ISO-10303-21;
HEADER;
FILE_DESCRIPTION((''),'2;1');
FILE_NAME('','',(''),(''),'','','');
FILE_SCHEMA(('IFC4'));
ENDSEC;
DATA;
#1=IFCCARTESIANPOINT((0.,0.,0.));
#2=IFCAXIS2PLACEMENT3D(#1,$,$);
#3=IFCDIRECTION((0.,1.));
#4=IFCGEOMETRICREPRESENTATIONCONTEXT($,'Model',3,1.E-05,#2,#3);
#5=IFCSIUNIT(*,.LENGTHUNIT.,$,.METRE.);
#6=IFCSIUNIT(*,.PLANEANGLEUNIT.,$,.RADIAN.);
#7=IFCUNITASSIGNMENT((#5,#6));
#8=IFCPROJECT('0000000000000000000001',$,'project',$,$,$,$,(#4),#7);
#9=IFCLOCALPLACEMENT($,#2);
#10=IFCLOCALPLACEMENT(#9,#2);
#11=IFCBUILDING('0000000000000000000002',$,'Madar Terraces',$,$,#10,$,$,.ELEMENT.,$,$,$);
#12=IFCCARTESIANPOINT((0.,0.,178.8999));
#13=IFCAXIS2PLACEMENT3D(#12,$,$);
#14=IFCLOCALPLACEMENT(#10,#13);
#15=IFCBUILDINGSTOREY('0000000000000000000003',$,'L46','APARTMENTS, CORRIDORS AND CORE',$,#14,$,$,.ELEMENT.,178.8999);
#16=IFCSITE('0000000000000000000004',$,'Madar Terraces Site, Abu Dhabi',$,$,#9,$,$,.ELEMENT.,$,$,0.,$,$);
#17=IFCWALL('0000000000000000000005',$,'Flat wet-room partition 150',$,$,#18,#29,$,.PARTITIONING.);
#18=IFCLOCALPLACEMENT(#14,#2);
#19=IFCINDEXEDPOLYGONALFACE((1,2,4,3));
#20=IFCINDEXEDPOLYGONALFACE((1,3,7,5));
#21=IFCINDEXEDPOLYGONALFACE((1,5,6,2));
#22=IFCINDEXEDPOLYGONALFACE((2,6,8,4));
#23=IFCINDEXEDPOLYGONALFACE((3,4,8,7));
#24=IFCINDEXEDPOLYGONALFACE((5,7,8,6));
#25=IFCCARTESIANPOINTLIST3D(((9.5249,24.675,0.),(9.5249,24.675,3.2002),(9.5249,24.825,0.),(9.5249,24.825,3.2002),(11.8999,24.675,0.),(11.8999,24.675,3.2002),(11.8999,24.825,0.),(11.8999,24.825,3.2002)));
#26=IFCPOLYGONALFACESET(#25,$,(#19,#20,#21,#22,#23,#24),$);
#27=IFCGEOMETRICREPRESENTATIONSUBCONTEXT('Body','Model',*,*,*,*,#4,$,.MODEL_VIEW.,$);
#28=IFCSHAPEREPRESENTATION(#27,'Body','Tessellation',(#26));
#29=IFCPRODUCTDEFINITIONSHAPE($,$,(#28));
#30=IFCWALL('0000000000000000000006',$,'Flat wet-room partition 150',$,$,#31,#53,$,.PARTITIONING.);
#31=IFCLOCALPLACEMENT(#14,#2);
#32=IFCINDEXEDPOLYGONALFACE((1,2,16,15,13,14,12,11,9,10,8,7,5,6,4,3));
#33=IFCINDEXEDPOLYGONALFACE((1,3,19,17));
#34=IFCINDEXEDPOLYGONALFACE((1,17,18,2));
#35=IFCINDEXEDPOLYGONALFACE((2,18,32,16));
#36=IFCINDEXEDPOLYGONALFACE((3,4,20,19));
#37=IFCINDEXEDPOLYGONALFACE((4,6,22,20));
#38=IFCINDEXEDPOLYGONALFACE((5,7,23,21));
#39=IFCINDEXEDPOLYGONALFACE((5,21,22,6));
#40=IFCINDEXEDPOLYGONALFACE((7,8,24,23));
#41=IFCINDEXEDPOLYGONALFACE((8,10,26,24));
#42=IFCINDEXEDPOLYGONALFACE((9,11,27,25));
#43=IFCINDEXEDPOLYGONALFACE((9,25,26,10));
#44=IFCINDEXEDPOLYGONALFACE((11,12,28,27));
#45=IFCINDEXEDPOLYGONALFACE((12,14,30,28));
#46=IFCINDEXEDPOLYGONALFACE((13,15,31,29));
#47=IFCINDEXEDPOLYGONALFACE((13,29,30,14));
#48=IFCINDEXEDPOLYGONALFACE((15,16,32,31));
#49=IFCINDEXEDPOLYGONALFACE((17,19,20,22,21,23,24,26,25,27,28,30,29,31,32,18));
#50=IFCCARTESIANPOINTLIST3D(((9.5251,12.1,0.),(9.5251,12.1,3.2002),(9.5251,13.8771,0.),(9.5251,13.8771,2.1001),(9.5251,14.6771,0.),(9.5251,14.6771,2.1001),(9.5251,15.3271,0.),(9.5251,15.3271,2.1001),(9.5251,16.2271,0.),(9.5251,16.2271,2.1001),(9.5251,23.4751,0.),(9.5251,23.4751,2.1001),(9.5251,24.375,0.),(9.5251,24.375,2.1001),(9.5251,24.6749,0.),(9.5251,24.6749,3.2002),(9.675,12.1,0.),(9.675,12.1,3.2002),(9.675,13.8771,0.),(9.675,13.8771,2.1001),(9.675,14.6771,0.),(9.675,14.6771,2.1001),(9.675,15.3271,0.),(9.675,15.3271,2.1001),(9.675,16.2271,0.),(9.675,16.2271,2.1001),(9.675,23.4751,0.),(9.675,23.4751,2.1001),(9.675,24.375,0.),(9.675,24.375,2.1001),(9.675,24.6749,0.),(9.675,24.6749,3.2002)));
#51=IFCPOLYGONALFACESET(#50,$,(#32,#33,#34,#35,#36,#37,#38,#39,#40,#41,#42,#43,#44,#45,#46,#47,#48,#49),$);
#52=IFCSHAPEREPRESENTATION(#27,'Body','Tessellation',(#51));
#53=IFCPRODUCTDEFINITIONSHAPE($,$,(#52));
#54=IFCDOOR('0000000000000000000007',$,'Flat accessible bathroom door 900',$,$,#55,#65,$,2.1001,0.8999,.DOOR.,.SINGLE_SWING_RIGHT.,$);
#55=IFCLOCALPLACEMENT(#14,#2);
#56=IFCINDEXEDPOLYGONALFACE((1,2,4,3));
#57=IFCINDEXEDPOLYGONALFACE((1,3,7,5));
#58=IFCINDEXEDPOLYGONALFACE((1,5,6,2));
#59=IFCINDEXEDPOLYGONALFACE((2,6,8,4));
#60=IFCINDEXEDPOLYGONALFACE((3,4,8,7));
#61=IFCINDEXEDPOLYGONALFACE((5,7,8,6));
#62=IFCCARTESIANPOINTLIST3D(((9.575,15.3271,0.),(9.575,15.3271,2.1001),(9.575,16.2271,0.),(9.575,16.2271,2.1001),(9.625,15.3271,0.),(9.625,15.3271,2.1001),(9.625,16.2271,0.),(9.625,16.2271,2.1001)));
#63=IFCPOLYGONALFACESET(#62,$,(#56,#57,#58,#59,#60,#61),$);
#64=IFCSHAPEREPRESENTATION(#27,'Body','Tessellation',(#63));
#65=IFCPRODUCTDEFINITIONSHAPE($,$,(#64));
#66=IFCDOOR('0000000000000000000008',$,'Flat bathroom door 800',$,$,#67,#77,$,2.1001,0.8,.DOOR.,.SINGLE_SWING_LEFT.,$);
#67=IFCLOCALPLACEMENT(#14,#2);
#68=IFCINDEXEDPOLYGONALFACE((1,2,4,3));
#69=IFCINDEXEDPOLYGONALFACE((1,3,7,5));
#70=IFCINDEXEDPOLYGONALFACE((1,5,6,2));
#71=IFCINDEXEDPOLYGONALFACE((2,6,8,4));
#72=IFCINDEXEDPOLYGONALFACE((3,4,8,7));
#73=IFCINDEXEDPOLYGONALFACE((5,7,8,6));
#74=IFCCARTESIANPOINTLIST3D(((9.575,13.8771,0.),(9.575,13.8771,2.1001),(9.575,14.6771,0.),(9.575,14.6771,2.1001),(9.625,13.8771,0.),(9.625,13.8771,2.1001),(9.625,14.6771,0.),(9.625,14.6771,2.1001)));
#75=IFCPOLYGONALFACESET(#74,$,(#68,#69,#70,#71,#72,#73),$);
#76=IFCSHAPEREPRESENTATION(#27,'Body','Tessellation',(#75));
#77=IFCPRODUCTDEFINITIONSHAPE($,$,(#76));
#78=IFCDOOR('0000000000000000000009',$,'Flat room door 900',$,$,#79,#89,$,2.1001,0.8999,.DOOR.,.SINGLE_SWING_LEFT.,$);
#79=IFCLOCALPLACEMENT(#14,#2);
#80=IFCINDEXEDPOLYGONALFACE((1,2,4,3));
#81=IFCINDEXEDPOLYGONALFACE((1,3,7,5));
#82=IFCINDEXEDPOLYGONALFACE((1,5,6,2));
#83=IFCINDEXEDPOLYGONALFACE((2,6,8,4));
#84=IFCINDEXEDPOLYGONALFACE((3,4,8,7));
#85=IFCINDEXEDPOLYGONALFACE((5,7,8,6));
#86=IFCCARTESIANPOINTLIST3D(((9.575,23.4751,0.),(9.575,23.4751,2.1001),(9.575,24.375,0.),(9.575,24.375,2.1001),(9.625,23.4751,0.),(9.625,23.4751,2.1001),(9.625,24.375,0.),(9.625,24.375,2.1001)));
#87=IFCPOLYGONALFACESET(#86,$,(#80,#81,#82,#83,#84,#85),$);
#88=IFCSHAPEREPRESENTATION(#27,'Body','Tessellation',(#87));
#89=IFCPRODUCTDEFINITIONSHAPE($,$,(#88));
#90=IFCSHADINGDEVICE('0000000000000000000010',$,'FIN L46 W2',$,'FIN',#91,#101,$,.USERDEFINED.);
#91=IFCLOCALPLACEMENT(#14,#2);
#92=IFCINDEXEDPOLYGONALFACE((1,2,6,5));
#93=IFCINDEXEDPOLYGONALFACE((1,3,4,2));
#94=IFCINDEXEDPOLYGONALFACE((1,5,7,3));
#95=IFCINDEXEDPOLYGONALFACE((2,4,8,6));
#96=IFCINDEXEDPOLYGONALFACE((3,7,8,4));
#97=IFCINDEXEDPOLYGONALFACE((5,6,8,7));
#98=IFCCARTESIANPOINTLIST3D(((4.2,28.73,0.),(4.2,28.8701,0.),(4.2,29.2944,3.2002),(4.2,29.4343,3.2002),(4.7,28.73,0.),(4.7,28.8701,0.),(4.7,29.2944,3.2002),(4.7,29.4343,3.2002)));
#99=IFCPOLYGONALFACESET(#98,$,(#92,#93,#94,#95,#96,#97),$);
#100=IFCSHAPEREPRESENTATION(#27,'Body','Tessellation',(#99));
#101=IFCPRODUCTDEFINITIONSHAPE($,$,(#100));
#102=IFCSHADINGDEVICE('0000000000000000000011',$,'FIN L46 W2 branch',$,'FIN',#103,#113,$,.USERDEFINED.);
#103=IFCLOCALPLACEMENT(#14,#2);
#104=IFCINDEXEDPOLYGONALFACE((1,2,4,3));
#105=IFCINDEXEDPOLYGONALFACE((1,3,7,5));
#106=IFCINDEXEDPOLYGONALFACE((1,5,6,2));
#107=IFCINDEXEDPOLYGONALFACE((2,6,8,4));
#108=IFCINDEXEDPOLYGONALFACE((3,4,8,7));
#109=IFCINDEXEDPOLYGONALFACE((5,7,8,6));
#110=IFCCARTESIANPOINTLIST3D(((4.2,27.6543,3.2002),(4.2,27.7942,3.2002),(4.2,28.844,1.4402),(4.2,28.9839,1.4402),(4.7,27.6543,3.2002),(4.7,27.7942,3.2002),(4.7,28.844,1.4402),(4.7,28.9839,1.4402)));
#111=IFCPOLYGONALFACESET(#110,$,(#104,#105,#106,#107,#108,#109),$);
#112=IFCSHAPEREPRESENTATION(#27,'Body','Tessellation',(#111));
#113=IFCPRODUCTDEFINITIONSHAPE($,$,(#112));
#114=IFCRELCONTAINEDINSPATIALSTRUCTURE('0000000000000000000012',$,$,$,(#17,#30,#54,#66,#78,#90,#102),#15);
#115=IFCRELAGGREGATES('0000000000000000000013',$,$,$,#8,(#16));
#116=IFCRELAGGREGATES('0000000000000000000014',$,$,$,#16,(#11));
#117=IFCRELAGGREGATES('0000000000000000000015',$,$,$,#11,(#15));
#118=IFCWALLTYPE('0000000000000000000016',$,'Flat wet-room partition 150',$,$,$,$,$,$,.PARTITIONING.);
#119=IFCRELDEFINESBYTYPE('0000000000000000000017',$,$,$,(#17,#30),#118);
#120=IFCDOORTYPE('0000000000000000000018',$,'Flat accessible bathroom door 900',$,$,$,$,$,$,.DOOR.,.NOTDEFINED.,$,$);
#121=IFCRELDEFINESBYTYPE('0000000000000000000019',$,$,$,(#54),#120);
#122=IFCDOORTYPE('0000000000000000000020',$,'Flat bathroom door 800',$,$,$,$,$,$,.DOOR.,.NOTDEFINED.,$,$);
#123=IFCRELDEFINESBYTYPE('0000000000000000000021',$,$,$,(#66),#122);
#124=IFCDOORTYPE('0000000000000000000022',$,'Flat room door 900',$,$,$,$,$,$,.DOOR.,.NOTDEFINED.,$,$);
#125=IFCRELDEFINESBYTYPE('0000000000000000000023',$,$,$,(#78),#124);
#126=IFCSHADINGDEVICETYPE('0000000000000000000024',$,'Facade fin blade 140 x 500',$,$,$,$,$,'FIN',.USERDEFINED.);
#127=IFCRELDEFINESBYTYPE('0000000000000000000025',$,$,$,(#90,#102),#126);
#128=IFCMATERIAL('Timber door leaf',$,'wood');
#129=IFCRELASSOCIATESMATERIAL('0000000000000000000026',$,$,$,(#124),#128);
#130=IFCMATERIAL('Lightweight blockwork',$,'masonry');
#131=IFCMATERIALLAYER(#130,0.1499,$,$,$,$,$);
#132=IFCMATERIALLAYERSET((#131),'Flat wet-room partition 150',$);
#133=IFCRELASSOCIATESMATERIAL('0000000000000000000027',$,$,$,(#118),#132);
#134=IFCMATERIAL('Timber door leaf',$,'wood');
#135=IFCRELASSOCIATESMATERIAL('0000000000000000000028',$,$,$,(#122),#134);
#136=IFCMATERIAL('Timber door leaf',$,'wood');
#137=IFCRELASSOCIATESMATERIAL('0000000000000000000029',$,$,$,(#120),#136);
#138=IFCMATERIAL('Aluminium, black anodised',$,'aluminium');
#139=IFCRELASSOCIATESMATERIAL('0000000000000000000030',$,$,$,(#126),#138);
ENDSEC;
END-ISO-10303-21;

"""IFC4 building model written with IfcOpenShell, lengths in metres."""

from ifc_helpers import new_model, si_unit, direction, frame, frame_2d, origin, place, context, subcontext, project, spatial, polyline, rectangle, outline, extrude, material, layer, layer_set, type_object, element, fill, save


model = new_model("IFC4")

# Units and contexts
model_context = context("Model", 3, precision=1e-05, world=origin(), true_north=direction((0.0, 1.0)))
body_context = subcontext(model_context, "Body", "Model", "MODEL_VIEW")
ifc_project = project(units=[si_unit("LENGTHUNIT", "METRE"), si_unit("PLANEANGLEUNIT", "RADIAN")], contexts=[model_context])

# Site, building, storey
site_placement = place(None, origin())
site = spatial("IfcSite", under=ifc_project, at=site_placement, Name="Madar Terraces Site, Abu Dhabi", CompositionType="ELEMENT", RefElevation=0.0)
building_placement = place(site_placement, origin())
building = spatial("IfcBuilding", under=site, at=building_placement, Name="Madar Terraces", CompositionType="ELEMENT")
storey_placement = place(building_placement, frame((0.0, 0.0, 178.8999)))
storey = spatial("IfcBuildingStorey", under=building, at=storey_placement, Name="L46", Description="APARTMENTS, CORRIDORS AND CORE", CompositionType="ELEMENT", Elevation=178.8999)

# Shared definitions
ifc_material_1 = material(Name="Timber door leaf", Category="wood")
door_type_1 = type_object("IfcDoorType", Name="Flat room door 900", OperationType="NOTDEFINED", PredefinedType="DOOR", material=ifc_material_1)

# Shared definitions
ifc_material_2 = material(Name="Lightweight blockwork", Category="masonry")
ifc_layer_1 = layer(ifc_material_2, 0.1499)
ifc_layer_set_1 = layer_set([ifc_layer_1], Name="Flat wet-room partition 150")
wall_type_1 = type_object("IfcWallType", Name="Flat wet-room partition 150", PredefinedType="PARTITIONING", material=ifc_layer_set_1)

# Shared definitions
ifc_material_3 = material(Name="Timber door leaf", Category="wood")
door_type_2 = type_object("IfcDoorType", Name="Flat bathroom door 800", OperationType="NOTDEFINED", PredefinedType="DOOR", material=ifc_material_3)

# Wall
wall_1_placement = place(storey_placement, frame((11.8999, 24.75, 0.0), z_axis=(0.0, 0.0, 1.0), x_axis=(-1.0, 0.0, 0.0)))
element("IfcWall", 1, at=wall_1_placement, inside=storey, type_object=wall_type_1, Name="Flat wet-room partition 150", PredefinedType="PARTITIONING", context=body_context, shape_type="SweptSolid", body=[
    extrude(rectangle(XDim=2.375, YDim=0.1499, at=frame_2d((1.1875, 0.0))), origin(), (0.0, 0.0, 1.0), 3.2002),
])

# Wall, openings, doors
wall_2_placement = place(storey_placement, frame((9.6001, 24.675, 0.0), z_axis=(0.0, 0.0, 1.0), x_axis=(0.0, -1.0, 0.0)))
wall_2 = element("IfcWall", 2, at=wall_2_placement, inside=storey, type_object=wall_type_1, Name="Flat wet-room partition 150", PredefinedType="PARTITIONING", context=body_context, shape_type="SweptSolid", body=[
    extrude(rectangle(XDim=12.575, YDim=0.1499, at=frame_2d((6.2876, 0.0))), origin(), (0.0, 0.0, 1.0), 3.2002),
])
opening_1_placement = place(wall_2_placement, frame((0.3, 0.0, 0.0)))
opening_1 = element("IfcOpeningElement", 3, at=opening_1_placement, cuts=wall_2, PredefinedType="OPENING", context=body_context, shape_type="SweptSolid", body=[
    extrude(rectangle(XDim=0.8999, YDim=2.1001, at=frame_2d((0.45, 1.05))), frame((0.0, 0.085, 0.0), z_axis=(0.0, -1.0, 0.0), x_axis=(1.0, 0.0, 0.0)), (0.0, 0.0, 1.0), 0.1699),
])
opening_2_placement = place(wall_2_placement, frame((8.448, 0.0, 0.0)))
opening_2 = element("IfcOpeningElement", 4, at=opening_2_placement, cuts=wall_2, PredefinedType="OPENING", context=body_context, shape_type="SweptSolid", body=[
    extrude(rectangle(XDim=0.8999, YDim=2.1001, at=frame_2d((0.45, 1.05))), frame((0.0, 0.085, 0.0), z_axis=(0.0, -1.0, 0.0), x_axis=(1.0, 0.0, 0.0)), (0.0, 0.0, 1.0), 0.1699),
])
opening_3_placement = place(wall_2_placement, frame((9.998, 0.0, 0.0)))
opening_3 = element("IfcOpeningElement", 5, at=opening_3_placement, cuts=wall_2, PredefinedType="OPENING", context=body_context, shape_type="SweptSolid", body=[
    extrude(rectangle(XDim=0.8, YDim=2.1001, at=frame_2d((0.3999, 1.05))), frame((0.0, 0.085, 0.0), z_axis=(0.0, -1.0, 0.0), x_axis=(1.0, 0.0, 0.0)), (0.0, 0.0, 1.0), 0.1699),
])
ifc_material_4 = material(Name="Timber door leaf", Category="wood")
door_type_3 = type_object("IfcDoorType", Name="Flat accessible bathroom door 900", OperationType="NOTDEFINED", PredefinedType="DOOR", material=ifc_material_4)
door_1_placement = place(opening_2_placement, origin())
door_1 = element("IfcDoor", 6, at=door_1_placement, inside=storey, type_object=door_type_3, Name="Flat accessible bathroom door 900", OperationType="SINGLE_SWING_RIGHT", OverallHeight=2.1001, OverallWidth=0.8999, PredefinedType="DOOR", context=body_context, shape_type="SweptSolid", body=[
    extrude(rectangle(XDim=0.8999, YDim=2.1001, at=frame_2d((0.45, 1.05))), frame((0.0, 0.0249, 0.0), z_axis=(0.0, -1.0, 0.0), x_axis=(1.0, 0.0, 0.0)), (0.0, 0.0, 1.0), 0.05),
])
fill(opening_2, door_1)
door_2_placement = place(opening_3_placement, origin())
door_2 = element("IfcDoor", 7, at=door_2_placement, inside=storey, type_object=door_type_2, Name="Flat bathroom door 800", OperationType="SINGLE_SWING_LEFT", OverallHeight=2.1001, OverallWidth=0.8, PredefinedType="DOOR", context=body_context, shape_type="SweptSolid", body=[
    extrude(rectangle(XDim=0.8, YDim=2.1001, at=frame_2d((0.3999, 1.05))), frame((0.0, 0.0249, 0.0), z_axis=(0.0, -1.0, 0.0), x_axis=(1.0, 0.0, 0.0)), (0.0, 0.0, 1.0), 0.05),
])
fill(opening_3, door_2)
door_3_placement = place(opening_1_placement, origin())
door_3 = element("IfcDoor", 8, at=door_3_placement, inside=storey, type_object=door_type_1, Name="Flat room door 900", OperationType="SINGLE_SWING_LEFT", OverallHeight=2.1001, OverallWidth=0.8999, PredefinedType="DOOR", context=body_context, shape_type="SweptSolid", body=[
    extrude(rectangle(XDim=0.8999, YDim=2.1001, at=frame_2d((0.45, 1.05))), frame((0.0, 0.0249, 0.0), z_axis=(0.0, -1.0, 0.0), x_axis=(1.0, 0.0, 0.0)), (0.0, 0.0, 1.0), 0.05),
])
fill(opening_1, door_3)

# Shading devices
ifc_material_5 = material(Name="Aluminium, black anodised", Category="aluminium")
shading_device_type = type_object("IfcShadingDeviceType", Name="Facade fin blade 140 x 500", ElementType="FIN", PredefinedType="USERDEFINED", material=ifc_material_5)
shading_device_1_placement = place(storey_placement, frame((4.45, 28.8701, 0.0), z_axis=(0.0, 0.0, 1.0), x_axis=(0.0, -1.0, 0.0)))
element("IfcShadingDevice", 9, at=shading_device_1_placement, inside=storey, type_object=shading_device_type, Name="FIN L46 W2", ObjectType="FIN", PredefinedType="USERDEFINED", context=body_context, shape_type="SweptSolid", body=[
    extrude(outline(polyline([(0.0, 0.0), (0.1401, 0.0), (-0.4243, 3.2002), (-0.5642, 3.2002), (0.0, 0.0)])), frame((0.0, 0.25, 0.0), z_axis=(0.0, -1.0, 0.0), x_axis=(1.0, 0.0, 0.0)), (0.0, 0.0, 1.0), 0.5),
])
shading_device_2_placement = place(storey_placement, frame((4.45, 28.9839, 1.4402), z_axis=(0.0, 0.0, 1.0), x_axis=(0.0, -1.0, 0.0)))
element("IfcShadingDevice", 10, at=shading_device_2_placement, inside=storey, type_object=shading_device_type, Name="FIN L46 W2 branch", ObjectType="FIN", PredefinedType="USERDEFINED", context=body_context, shape_type="SweptSolid", body=[
    extrude(outline(polyline([(0.0, 0.0), (0.1399, 0.0), (1.3296, 1.76), (1.1897, 1.76), (0.0, 0.0)])), frame((0.0, 0.25, 0.0), z_axis=(0.0, -1.0, 0.0), x_axis=(1.0, 0.0, 0.0)), (0.0, 0.0, 1.0), 0.5),
])

save(model, "model.ifc")
